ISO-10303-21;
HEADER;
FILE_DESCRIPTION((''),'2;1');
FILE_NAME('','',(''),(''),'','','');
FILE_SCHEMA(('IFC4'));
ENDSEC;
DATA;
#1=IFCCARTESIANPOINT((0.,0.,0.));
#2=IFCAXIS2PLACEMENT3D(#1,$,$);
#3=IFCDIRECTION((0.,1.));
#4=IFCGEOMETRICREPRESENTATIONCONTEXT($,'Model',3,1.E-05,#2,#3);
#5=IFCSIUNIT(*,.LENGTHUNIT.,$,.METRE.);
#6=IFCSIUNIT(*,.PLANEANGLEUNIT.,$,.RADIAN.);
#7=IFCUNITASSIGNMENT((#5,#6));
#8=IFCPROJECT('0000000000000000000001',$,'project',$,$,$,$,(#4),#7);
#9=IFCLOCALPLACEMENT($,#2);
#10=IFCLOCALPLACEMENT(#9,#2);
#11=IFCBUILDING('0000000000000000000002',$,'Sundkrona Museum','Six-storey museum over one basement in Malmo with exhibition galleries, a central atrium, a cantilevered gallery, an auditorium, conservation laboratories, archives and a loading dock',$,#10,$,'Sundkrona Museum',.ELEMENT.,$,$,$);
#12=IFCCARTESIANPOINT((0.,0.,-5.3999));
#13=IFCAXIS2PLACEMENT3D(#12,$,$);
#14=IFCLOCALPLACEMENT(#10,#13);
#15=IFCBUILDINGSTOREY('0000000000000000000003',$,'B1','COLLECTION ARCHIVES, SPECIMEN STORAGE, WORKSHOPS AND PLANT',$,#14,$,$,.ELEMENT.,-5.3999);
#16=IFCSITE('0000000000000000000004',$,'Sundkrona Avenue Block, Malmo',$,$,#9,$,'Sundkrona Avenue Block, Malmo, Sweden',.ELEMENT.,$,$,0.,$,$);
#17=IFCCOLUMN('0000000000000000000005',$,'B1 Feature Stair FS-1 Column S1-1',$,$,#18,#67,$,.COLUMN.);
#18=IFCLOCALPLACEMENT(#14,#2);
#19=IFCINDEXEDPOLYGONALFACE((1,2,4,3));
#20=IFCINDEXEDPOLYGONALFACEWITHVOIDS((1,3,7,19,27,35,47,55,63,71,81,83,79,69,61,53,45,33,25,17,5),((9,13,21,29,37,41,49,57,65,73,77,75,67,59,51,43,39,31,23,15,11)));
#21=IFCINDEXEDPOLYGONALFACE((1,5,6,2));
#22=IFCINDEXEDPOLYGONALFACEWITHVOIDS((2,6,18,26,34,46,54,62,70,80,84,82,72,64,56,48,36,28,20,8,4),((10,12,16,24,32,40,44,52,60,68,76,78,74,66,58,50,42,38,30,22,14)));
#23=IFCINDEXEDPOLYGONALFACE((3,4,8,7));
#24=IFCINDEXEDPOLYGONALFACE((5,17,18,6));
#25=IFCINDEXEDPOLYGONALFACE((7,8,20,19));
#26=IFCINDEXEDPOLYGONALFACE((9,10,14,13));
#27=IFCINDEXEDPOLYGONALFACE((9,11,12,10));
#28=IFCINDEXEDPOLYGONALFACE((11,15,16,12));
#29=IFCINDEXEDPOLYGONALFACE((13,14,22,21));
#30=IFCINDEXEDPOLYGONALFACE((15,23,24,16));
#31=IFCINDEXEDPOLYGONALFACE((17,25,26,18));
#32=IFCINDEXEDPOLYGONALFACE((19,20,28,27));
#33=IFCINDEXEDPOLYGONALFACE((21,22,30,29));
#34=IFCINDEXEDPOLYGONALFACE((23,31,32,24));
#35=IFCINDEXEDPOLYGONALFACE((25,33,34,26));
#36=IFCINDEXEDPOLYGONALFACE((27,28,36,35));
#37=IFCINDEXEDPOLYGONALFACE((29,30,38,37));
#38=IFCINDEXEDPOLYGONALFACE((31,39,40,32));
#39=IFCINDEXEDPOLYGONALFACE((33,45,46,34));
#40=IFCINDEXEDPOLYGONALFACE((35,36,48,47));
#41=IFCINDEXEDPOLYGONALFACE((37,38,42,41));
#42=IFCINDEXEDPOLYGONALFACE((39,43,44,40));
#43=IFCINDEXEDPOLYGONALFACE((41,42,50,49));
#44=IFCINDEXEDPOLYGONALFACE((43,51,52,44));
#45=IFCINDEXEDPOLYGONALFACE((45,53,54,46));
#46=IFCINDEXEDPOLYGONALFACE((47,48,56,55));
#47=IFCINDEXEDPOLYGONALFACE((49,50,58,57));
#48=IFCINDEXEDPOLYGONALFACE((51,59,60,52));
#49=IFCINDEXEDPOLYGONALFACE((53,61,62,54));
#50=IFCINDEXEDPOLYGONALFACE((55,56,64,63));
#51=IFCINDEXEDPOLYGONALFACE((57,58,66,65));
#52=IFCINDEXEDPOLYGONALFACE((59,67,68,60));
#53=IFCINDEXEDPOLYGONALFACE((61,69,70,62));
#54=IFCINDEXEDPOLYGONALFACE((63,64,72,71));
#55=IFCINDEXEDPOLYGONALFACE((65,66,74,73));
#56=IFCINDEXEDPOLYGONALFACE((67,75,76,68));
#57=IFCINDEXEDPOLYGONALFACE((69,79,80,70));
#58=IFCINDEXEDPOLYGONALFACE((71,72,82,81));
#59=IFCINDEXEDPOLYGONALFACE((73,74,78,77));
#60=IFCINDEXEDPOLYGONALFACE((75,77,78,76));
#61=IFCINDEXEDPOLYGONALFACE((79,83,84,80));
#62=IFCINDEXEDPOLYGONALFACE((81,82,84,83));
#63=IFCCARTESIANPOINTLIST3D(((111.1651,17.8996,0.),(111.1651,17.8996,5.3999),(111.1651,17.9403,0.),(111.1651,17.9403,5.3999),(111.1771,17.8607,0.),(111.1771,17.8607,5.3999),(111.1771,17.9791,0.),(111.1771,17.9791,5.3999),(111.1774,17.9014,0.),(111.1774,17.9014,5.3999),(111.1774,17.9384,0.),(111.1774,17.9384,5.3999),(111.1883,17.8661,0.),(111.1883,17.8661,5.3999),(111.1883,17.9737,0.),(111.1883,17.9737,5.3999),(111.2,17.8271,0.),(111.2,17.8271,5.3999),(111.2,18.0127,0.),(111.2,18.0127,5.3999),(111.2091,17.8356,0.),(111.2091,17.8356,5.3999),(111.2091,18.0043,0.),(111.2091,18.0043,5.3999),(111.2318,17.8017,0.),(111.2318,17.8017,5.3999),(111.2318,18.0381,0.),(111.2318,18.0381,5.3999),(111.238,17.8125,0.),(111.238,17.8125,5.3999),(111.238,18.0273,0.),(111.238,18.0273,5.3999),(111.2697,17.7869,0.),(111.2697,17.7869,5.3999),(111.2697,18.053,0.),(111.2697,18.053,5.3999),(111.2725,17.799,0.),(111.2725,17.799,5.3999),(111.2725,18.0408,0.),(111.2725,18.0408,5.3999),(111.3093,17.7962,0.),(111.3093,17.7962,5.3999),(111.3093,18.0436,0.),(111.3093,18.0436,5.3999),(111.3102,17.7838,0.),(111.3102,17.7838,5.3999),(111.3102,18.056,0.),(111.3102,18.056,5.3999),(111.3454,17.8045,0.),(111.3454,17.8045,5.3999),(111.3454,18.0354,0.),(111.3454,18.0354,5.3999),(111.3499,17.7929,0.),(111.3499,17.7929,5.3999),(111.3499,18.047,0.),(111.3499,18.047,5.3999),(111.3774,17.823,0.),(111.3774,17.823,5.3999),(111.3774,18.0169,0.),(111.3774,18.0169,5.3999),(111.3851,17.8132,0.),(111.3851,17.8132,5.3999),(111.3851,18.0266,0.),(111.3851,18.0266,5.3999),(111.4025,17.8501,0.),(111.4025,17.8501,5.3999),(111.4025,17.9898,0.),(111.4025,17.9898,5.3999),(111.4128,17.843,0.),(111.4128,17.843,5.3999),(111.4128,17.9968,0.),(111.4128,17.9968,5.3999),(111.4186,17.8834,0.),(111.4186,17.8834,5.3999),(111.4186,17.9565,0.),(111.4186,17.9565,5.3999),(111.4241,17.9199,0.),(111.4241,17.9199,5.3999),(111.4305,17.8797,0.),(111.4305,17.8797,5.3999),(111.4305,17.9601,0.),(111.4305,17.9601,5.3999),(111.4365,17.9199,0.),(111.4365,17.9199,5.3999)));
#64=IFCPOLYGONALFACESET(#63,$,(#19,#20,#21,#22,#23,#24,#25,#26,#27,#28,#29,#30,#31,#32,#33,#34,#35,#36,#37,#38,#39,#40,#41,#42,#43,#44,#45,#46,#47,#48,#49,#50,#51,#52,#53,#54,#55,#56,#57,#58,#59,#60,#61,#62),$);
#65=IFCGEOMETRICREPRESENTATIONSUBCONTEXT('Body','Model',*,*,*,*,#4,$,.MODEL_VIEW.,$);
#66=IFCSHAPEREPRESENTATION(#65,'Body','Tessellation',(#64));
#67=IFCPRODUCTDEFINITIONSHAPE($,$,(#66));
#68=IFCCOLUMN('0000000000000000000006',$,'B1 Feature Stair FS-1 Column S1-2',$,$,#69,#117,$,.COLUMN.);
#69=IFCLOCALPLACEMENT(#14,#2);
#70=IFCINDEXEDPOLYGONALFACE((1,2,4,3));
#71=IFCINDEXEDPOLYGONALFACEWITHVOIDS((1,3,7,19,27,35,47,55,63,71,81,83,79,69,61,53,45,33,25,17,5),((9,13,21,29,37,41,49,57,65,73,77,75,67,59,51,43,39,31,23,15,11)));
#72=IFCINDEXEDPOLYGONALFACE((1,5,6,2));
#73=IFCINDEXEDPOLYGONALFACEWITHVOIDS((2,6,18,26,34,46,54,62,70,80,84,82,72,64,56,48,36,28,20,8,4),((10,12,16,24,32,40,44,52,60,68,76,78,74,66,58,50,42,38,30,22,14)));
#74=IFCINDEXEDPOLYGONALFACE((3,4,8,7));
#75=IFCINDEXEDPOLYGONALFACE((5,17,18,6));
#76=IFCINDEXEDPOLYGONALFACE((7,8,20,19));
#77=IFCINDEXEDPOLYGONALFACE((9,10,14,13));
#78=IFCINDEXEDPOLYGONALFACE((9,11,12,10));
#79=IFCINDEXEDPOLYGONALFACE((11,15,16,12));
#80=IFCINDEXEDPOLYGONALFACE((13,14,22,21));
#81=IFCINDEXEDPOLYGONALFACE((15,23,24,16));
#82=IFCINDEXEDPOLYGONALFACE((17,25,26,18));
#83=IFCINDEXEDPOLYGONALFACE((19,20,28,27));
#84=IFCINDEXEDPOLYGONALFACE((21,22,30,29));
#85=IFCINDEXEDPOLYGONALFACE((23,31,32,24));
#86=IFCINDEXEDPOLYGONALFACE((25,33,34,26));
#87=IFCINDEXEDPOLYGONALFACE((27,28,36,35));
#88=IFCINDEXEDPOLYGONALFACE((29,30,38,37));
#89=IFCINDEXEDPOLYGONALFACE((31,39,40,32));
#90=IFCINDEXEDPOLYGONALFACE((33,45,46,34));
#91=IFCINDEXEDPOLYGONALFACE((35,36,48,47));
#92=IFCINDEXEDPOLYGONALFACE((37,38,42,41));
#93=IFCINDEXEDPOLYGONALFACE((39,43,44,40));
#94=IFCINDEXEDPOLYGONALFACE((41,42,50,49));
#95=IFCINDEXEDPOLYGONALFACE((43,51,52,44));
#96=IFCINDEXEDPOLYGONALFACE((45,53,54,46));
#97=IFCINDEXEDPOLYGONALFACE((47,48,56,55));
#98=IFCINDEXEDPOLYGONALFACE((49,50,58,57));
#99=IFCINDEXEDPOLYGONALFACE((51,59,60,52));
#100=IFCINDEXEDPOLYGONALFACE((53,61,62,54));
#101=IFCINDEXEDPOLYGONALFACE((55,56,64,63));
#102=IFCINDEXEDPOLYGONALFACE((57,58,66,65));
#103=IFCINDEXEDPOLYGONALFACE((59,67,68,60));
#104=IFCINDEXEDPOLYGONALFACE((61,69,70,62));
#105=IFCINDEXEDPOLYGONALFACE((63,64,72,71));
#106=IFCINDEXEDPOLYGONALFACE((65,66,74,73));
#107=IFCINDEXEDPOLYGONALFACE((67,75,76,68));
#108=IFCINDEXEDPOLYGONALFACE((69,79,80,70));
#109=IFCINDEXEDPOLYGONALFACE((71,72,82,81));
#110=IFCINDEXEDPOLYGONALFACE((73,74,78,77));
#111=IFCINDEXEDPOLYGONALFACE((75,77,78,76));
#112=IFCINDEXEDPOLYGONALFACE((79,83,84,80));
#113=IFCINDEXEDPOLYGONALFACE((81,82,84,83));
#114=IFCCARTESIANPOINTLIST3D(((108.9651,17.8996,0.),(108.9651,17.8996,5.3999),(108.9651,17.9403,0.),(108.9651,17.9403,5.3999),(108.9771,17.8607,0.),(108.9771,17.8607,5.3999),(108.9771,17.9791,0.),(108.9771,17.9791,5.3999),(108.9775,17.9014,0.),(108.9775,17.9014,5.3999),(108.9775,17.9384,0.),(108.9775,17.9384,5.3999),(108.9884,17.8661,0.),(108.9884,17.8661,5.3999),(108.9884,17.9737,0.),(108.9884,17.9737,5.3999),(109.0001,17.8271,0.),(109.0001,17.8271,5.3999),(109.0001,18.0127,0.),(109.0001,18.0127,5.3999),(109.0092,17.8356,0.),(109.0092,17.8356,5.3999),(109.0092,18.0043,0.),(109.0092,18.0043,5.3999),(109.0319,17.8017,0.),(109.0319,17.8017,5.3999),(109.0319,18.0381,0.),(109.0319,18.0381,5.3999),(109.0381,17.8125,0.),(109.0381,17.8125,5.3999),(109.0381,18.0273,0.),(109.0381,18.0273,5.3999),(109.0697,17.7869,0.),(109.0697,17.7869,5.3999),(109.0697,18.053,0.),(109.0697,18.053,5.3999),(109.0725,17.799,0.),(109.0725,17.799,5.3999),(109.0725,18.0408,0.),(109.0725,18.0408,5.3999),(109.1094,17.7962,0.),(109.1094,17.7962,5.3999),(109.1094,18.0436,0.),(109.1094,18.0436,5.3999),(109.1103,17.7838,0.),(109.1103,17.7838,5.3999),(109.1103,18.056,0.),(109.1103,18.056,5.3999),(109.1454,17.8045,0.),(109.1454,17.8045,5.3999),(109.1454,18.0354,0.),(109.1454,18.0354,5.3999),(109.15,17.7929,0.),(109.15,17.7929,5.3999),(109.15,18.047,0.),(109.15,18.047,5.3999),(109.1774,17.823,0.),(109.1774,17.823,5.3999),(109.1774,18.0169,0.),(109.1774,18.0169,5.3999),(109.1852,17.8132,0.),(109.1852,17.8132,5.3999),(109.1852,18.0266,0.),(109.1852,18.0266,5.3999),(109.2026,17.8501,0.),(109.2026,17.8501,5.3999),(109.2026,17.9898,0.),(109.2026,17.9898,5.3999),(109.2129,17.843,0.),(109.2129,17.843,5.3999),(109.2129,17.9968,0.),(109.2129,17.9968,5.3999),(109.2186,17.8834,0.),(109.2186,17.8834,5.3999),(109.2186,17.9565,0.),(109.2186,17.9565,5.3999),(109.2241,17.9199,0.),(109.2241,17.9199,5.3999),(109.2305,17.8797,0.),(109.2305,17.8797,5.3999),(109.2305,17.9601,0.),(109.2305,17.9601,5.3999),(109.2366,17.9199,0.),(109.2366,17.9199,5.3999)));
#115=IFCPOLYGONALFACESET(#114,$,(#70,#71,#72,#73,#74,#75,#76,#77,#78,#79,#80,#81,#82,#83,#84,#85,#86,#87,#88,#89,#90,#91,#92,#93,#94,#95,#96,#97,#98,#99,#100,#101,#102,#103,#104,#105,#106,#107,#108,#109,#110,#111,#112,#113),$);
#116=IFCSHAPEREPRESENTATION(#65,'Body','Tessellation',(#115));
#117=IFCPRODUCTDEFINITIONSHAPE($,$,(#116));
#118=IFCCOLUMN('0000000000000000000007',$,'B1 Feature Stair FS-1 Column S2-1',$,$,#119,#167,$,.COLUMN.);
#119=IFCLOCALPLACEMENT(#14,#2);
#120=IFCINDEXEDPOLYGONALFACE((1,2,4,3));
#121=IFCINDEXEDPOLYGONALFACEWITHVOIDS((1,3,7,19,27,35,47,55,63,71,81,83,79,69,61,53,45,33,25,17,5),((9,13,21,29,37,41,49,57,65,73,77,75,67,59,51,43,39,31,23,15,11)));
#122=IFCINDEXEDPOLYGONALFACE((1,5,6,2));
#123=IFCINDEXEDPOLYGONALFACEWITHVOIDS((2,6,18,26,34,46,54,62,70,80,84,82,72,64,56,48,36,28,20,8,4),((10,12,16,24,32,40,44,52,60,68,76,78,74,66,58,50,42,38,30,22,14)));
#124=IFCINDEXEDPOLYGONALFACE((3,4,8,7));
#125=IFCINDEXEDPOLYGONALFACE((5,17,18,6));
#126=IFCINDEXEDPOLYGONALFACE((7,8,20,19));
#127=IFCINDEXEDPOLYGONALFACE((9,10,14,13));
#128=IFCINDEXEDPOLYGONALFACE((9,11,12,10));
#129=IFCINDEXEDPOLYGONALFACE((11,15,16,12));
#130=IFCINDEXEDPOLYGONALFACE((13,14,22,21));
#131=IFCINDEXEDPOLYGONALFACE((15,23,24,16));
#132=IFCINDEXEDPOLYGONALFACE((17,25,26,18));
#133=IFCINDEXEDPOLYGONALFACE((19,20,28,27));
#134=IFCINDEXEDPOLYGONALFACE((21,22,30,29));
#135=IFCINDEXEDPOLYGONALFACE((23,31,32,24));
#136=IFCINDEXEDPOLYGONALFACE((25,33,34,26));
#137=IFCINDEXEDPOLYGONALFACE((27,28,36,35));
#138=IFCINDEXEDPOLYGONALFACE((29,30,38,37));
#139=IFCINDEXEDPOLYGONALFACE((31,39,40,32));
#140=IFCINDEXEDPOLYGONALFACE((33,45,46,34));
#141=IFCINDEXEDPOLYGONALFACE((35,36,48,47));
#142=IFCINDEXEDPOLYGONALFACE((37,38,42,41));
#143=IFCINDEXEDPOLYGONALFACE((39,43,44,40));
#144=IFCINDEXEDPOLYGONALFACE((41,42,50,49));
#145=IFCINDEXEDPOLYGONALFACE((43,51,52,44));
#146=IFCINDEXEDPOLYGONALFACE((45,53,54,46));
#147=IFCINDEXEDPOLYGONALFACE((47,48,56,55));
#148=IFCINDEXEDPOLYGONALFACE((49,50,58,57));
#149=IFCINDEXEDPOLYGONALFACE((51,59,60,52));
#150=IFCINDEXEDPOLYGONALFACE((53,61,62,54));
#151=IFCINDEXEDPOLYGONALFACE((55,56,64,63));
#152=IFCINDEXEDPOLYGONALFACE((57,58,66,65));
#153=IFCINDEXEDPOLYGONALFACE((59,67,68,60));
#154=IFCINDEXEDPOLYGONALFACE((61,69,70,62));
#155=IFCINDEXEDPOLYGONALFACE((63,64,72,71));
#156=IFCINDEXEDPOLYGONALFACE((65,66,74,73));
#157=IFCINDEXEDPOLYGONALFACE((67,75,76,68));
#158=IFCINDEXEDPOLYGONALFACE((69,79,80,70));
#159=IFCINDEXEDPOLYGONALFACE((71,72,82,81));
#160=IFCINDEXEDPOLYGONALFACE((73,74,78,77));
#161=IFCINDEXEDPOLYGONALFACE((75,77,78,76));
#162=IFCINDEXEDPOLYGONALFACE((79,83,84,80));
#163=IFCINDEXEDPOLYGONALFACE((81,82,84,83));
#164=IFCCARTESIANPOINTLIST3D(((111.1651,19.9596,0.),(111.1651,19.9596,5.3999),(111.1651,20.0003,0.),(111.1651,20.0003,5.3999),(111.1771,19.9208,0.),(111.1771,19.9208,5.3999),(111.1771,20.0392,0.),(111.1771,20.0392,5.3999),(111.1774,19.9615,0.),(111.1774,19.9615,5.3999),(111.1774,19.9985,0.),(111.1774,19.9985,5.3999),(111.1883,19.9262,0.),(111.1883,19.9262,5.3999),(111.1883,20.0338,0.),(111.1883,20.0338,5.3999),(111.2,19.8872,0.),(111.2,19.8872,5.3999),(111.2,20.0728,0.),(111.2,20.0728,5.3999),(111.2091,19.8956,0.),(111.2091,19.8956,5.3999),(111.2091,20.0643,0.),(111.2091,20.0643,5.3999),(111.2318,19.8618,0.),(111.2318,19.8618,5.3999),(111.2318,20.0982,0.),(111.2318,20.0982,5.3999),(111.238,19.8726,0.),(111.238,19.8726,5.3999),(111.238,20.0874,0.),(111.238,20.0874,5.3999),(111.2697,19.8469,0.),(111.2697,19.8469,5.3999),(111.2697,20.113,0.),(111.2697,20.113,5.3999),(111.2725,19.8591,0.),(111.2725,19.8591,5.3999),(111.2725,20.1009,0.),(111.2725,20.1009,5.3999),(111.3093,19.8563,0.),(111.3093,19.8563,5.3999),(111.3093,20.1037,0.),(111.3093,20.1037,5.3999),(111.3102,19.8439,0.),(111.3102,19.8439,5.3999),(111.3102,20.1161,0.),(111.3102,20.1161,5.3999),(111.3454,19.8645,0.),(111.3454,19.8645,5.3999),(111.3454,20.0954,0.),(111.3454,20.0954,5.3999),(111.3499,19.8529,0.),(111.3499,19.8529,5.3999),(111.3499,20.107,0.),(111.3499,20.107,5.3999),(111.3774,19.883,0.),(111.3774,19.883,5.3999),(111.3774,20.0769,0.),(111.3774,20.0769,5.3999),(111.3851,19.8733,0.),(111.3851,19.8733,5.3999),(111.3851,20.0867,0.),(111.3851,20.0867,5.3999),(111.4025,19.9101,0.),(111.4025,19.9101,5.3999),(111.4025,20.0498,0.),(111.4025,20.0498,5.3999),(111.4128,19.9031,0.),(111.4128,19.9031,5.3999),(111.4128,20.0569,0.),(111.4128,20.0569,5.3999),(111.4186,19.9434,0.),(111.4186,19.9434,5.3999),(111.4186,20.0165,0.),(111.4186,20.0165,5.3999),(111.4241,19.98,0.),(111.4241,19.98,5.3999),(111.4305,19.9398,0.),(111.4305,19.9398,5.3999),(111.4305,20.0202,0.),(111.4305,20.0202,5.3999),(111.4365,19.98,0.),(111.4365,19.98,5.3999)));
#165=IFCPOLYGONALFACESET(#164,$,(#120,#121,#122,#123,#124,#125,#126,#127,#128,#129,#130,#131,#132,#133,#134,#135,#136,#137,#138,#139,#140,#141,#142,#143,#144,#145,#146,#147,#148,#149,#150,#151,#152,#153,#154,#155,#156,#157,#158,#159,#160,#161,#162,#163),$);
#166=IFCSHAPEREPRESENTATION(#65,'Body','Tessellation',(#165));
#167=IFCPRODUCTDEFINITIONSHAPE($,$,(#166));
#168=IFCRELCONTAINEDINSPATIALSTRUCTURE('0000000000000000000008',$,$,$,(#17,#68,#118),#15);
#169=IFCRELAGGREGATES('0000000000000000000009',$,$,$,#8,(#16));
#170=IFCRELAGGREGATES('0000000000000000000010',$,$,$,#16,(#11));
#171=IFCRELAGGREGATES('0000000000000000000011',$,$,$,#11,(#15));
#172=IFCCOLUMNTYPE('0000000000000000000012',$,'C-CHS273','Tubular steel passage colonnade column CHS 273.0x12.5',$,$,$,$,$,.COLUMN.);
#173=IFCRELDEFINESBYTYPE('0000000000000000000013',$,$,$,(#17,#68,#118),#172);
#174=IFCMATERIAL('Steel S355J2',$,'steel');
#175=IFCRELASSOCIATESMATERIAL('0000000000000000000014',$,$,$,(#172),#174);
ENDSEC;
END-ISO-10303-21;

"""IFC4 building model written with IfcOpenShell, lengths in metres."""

from ifc_helpers import new_model, si_unit, direction, frame, origin, origin_2d, place, context, subcontext, project, spatial, hollow_circle, extrude, material, material_profile, profile_set, type_object, element, save


model = new_model("IFC4")

# Units and contexts
model_context = context("Model", 3, precision=1e-05, world=origin(), true_north=direction((0.0, 1.0)))
body_context = subcontext(model_context, "Body", "Model", "MODEL_VIEW")
ifc_project = project(units=[si_unit("LENGTHUNIT", "METRE"), si_unit("PLANEANGLEUNIT", "RADIAN")], contexts=[model_context])

# Site, building, storey
site_placement = place(None, origin())
site = spatial("IfcSite", under=ifc_project, at=site_placement, Name="Sundkrona Avenue Block, Malmo", LongName="Sundkrona Avenue Block, Malmo, Sweden", CompositionType="ELEMENT", RefElevation=0.0)
building_placement = place(site_placement, origin())
building = spatial("IfcBuilding", under=site, at=building_placement, Name="Sundkrona Museum", Description="Six-storey museum over one basement in Malmo with exhibition galleries, a central atrium, a cantilevered gallery, an auditorium, conservation laboratories, archives and a loading dock", LongName="Sundkrona Museum", CompositionType="ELEMENT")
storey_placement = place(building_placement, frame((0.0, 0.0, -5.3999)))
storey = spatial("IfcBuildingStorey", under=building, at=storey_placement, Name="B1", Description="COLLECTION ARCHIVES, SPECIMEN STORAGE, WORKSHOPS AND PLANT", CompositionType="ELEMENT", Elevation=-5.3999)

# Columns
ifc_material_1 = material(Name="Steel S355J2", Category="steel")
ifc_material_profile_1 = material_profile(ifc_material_1, hollow_circle(Radius=0.1365, WallThickness=0.0125, at=origin_2d()), Name="CHS 273.0x12.5")
ifc_profile_set_1 = profile_set([ifc_material_profile_1], Name="Steel S355J2")
column_type_1 = type_object("IfcColumnType", Name="C-CHS273", Description="Tubular steel passage colonnade column CHS 273.0x12.5", PredefinedType="COLUMN", material=ifc_profile_set_1)
for number, where, z_axis, x_axis, name in (
    (1, (111.3, 17.9199, 0.0), (0.0, 0.0, 1.0), (1.0, 0.0, 0.0), "B1 Feature Stair FS-1 Column S1-1"),
    (2, (109.1001, 17.9199, 0.0), (0.0, 0.0, 1.0), (1.0, 0.0, 0.0), "B1 Feature Stair FS-1 Column S1-2"),
    (3, (111.3, 19.98, 0.0), (0.0, 0.0, 1.0), (1.0, 0.0, 0.0), "B1 Feature Stair FS-1 Column S2-1"),
):
    element("IfcColumn", number, at=place(storey_placement, frame(where, z_axis=z_axis, x_axis=x_axis)), inside=storey, type_object=column_type_1, Name=name, PredefinedType="COLUMN", context=body_context, shape_type="SweptSolid", body=[
        extrude(hollow_circle(Radius=0.1365, WallThickness=0.0125, at=origin_2d()), origin(), (0.0, 0.0, 1.0), 5.3999),
    ])

save(model, "model.ifc")
